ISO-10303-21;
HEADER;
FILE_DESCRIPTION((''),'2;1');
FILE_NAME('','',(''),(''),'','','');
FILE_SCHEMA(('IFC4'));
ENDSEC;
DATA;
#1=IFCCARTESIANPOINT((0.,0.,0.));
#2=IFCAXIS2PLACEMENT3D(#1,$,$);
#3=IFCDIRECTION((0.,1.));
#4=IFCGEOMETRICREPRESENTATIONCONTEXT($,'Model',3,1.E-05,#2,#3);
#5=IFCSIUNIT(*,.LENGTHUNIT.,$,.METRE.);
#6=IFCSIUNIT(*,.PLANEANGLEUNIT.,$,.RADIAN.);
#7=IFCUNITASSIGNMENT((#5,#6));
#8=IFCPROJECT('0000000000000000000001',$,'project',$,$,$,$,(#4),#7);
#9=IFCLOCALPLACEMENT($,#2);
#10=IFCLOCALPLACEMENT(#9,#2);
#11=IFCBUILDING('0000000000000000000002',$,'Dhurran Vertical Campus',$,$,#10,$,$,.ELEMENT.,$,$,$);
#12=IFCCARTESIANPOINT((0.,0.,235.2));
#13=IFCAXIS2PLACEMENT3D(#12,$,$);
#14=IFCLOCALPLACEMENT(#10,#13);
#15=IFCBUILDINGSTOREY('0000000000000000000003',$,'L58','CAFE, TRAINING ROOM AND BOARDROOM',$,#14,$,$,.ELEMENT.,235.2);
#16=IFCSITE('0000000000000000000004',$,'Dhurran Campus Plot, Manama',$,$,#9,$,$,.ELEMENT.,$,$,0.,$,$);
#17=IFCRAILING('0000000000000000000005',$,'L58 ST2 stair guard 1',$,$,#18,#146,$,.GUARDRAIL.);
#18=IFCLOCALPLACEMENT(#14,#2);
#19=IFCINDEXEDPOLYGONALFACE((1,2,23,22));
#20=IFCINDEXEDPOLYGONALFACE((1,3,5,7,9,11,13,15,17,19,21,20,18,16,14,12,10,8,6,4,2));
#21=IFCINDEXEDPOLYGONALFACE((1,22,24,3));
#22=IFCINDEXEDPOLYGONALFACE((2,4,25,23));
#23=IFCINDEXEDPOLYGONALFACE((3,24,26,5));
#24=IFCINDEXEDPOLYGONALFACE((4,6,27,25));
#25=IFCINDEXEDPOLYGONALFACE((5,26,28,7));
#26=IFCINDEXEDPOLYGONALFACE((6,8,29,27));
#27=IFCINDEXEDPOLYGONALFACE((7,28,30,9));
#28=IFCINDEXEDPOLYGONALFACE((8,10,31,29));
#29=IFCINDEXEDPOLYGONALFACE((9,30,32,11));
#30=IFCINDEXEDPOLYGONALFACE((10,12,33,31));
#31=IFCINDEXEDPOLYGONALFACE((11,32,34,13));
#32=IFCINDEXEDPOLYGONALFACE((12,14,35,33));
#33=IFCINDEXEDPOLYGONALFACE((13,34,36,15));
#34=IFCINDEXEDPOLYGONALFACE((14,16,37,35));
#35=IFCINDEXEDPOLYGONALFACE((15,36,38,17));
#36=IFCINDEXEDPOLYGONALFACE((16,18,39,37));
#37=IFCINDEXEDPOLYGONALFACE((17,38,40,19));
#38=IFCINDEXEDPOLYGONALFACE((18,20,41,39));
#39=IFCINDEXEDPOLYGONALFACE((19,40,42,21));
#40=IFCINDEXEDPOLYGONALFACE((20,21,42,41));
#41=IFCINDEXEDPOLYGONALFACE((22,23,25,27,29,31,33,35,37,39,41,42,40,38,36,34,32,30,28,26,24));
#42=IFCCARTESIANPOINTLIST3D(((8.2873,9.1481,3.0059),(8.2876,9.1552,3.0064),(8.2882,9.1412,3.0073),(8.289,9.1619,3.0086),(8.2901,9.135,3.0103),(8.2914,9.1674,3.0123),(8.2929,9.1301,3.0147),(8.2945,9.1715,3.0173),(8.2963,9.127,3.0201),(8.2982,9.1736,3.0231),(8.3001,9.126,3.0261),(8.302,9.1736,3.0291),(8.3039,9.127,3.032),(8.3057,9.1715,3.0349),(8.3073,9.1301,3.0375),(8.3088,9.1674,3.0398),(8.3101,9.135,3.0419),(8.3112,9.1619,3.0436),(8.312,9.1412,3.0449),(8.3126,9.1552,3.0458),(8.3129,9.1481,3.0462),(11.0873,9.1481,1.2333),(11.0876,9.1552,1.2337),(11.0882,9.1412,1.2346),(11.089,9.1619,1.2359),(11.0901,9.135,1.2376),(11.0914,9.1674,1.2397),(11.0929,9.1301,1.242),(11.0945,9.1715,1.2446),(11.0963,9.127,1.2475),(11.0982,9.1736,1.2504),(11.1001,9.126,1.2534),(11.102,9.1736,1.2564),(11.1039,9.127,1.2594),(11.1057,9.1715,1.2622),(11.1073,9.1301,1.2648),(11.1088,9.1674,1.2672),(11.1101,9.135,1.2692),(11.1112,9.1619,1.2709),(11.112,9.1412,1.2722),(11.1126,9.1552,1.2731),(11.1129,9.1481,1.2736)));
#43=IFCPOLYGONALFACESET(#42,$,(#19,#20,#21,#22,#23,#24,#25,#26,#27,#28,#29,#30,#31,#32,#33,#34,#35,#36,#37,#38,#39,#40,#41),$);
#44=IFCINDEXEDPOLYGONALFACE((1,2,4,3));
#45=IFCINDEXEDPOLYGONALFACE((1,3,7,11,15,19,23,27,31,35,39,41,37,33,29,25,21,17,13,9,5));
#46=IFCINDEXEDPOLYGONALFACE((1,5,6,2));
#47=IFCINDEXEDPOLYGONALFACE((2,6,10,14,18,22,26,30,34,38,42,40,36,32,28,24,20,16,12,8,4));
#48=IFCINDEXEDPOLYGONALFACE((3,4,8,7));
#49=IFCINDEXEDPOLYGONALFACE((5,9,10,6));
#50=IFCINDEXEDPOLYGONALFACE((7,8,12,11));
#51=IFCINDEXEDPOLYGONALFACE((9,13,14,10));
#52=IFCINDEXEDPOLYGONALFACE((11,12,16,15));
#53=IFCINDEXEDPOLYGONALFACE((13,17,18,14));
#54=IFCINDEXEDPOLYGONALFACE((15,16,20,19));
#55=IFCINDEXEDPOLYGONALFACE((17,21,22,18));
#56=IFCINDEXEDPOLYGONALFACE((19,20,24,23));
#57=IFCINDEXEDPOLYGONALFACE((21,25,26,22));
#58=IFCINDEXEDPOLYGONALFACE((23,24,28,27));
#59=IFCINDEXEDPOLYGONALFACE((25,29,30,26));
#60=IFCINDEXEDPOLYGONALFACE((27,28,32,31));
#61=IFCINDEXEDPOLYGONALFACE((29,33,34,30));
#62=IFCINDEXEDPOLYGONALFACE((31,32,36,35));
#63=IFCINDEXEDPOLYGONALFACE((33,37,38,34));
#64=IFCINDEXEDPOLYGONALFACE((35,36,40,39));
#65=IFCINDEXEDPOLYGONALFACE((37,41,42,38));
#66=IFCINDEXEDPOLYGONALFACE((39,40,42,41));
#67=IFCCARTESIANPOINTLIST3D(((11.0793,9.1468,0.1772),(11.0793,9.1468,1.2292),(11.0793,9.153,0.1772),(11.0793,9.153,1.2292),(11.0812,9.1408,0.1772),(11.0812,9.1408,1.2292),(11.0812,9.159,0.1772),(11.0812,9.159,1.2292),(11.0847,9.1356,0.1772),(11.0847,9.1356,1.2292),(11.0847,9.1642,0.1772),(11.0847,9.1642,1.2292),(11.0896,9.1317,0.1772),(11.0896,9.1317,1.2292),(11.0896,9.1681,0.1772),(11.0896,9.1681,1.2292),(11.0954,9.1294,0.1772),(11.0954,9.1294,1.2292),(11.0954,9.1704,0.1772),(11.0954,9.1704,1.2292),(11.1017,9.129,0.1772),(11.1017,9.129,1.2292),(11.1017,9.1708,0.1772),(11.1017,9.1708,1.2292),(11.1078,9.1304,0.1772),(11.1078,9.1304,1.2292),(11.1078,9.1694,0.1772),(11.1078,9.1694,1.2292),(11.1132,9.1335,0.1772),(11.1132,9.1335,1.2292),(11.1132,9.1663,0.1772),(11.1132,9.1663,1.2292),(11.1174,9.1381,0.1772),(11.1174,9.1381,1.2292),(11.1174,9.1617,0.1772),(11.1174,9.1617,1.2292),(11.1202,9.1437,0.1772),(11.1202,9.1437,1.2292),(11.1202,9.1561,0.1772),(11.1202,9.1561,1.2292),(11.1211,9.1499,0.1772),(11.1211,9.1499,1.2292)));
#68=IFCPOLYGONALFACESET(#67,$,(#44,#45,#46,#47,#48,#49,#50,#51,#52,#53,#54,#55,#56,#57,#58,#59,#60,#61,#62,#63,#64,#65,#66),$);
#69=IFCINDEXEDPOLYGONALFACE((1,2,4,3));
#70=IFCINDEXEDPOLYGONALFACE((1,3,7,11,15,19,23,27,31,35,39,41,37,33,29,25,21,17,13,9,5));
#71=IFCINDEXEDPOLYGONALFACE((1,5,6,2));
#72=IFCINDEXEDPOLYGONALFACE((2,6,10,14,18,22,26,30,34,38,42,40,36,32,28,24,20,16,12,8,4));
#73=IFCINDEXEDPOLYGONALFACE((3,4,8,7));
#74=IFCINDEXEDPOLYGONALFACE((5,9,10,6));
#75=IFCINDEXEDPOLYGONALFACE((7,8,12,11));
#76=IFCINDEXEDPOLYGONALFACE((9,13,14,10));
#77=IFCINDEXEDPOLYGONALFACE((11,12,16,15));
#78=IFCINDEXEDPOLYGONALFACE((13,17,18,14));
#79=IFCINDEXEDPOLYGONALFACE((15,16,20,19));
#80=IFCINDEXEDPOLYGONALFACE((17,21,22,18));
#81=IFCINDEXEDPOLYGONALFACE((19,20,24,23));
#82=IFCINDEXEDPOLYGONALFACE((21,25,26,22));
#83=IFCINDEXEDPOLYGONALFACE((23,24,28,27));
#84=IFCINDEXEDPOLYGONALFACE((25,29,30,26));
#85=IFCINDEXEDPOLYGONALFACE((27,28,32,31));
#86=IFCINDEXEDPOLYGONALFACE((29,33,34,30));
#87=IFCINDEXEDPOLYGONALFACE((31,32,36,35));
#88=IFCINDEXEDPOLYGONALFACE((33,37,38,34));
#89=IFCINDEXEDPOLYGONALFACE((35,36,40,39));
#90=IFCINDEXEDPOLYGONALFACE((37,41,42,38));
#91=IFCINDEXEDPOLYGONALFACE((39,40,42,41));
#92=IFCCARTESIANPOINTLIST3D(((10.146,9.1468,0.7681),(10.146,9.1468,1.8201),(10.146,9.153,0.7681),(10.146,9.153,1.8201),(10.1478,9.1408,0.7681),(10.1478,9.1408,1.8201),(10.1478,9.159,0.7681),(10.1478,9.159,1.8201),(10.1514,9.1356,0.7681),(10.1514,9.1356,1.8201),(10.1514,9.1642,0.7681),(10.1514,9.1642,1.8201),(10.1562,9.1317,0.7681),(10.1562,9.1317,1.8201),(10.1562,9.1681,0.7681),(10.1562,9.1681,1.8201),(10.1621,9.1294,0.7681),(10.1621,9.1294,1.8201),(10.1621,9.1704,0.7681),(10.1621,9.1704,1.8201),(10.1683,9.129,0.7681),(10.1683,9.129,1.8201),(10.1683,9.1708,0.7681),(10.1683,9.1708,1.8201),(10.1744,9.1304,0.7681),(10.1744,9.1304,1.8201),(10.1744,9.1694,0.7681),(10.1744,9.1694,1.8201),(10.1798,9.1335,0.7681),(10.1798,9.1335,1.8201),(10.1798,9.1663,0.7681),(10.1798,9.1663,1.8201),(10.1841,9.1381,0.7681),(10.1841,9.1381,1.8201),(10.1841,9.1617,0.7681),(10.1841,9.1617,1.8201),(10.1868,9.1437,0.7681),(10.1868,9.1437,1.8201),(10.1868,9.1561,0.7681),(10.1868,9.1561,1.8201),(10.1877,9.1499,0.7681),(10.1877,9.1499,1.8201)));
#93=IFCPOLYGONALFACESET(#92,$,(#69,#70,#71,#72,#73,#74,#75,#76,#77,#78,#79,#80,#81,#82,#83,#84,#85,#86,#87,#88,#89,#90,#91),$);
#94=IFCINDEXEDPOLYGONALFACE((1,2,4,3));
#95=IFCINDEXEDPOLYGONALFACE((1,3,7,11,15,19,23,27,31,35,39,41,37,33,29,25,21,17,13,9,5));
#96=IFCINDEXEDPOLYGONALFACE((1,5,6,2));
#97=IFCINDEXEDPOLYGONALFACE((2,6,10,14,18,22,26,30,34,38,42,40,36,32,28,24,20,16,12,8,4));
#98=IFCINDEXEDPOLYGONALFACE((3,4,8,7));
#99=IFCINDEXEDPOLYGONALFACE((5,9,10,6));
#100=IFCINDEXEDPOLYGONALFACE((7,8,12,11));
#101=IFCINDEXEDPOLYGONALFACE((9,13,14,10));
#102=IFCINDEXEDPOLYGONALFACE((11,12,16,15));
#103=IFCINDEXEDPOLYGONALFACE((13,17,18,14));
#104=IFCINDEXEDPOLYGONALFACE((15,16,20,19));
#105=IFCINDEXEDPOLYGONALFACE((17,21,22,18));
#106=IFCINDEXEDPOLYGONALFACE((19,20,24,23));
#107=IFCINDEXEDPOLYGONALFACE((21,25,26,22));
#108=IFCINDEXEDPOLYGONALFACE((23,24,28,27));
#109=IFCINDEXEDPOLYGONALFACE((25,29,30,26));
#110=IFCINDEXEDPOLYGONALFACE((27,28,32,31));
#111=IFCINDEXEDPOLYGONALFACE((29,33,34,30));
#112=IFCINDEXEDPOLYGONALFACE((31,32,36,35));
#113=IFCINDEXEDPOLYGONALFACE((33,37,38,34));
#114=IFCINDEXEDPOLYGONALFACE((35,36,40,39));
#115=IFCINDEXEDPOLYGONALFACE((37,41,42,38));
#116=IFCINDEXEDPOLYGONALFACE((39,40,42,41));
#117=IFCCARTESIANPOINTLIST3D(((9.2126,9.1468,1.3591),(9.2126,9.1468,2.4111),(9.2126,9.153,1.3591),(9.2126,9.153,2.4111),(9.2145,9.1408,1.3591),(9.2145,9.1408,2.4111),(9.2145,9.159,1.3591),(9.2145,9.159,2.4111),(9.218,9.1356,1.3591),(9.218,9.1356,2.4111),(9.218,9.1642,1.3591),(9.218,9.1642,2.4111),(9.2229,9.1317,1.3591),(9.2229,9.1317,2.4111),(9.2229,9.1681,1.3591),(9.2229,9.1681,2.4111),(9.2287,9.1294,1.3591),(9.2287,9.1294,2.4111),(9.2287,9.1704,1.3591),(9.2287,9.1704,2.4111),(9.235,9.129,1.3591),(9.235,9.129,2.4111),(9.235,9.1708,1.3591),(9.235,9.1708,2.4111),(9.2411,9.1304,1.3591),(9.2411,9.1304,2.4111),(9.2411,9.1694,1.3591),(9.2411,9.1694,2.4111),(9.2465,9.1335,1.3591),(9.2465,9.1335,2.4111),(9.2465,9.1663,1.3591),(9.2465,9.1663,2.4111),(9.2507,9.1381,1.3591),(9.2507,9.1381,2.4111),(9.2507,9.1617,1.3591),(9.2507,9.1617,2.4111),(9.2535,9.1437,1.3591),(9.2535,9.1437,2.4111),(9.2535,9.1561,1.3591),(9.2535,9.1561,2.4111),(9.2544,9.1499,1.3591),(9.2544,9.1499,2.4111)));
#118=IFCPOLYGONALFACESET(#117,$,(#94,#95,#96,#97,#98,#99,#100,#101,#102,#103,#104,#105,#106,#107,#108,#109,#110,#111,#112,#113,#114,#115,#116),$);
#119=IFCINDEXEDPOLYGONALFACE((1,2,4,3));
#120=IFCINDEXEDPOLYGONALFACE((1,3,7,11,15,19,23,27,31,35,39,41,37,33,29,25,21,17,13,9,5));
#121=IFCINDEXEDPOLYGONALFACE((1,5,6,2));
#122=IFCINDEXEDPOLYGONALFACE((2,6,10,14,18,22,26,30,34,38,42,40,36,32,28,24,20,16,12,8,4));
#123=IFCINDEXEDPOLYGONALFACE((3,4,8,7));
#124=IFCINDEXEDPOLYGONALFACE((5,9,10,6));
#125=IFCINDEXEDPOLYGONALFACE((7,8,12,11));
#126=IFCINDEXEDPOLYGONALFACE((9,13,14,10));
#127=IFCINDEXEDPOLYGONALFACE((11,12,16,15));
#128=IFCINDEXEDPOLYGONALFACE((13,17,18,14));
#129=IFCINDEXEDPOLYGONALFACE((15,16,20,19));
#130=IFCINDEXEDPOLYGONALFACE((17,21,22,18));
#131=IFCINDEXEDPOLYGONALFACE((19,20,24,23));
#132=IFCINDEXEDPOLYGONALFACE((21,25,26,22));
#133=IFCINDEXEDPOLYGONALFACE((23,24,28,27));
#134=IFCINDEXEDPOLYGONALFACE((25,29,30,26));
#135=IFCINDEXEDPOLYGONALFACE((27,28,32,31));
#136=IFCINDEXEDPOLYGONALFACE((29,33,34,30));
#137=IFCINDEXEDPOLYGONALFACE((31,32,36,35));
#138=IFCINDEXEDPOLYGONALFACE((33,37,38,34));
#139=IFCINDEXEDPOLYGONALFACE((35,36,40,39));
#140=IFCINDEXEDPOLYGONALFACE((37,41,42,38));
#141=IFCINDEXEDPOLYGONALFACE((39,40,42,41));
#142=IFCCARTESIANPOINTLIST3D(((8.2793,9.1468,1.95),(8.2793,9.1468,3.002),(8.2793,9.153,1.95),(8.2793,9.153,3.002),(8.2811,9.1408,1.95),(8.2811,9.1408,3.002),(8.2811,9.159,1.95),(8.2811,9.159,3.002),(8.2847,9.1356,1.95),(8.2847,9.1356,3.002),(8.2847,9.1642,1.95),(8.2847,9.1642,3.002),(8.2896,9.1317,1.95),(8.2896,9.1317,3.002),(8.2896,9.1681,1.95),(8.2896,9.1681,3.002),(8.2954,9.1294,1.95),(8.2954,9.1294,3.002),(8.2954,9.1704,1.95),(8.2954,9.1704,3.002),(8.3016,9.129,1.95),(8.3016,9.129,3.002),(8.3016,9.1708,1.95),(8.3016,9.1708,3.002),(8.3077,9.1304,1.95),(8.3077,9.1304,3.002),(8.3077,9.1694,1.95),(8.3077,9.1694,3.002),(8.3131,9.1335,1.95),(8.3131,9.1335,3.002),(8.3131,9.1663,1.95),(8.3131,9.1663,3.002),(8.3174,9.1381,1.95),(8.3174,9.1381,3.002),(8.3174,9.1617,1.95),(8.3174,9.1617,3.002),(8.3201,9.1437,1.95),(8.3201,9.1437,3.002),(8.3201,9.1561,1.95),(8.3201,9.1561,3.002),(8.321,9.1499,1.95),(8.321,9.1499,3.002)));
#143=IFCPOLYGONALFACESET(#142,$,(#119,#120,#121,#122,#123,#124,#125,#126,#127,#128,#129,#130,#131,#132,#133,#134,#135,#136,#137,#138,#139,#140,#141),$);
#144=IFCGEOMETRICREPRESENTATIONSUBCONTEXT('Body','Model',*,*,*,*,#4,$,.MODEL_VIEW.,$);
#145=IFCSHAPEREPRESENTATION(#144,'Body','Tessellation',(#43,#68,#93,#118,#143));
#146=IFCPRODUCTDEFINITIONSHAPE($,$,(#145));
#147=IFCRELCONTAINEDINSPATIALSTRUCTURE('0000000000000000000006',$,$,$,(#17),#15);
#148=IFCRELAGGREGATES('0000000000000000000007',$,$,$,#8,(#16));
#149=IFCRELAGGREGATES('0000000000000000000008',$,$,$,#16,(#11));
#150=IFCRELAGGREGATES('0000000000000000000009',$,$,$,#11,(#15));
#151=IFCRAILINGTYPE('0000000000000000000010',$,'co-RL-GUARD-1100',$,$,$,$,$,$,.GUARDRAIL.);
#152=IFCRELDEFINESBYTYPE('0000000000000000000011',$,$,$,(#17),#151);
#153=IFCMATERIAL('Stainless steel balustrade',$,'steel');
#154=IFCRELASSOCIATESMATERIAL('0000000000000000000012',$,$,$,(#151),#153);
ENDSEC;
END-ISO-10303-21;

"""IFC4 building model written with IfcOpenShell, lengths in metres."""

from ifc_helpers import new_model, si_unit, direction, frame, origin, origin_2d, place, context, subcontext, project, spatial, circle, extrude, material, type_object, element, save


model = new_model("IFC4")

# Units and contexts
model_context = context("Model", 3, precision=1e-05, world=origin(), true_north=direction((0.0, 1.0)))
body_context = subcontext(model_context, "Body", "Model", "MODEL_VIEW")
ifc_project = project(units=[si_unit("LENGTHUNIT", "METRE"), si_unit("PLANEANGLEUNIT", "RADIAN")], contexts=[model_context])

# Site, building, storey
site_placement = place(None, origin())
site = spatial("IfcSite", under=ifc_project, at=site_placement, Name="Dhurran Campus Plot, Manama", CompositionType="ELEMENT", RefElevation=0.0)
building_placement = place(site_placement, origin())
building = spatial("IfcBuilding", under=site, at=building_placement, Name="Dhurran Vertical Campus", CompositionType="ELEMENT")
storey_placement = place(building_placement, frame((0.0, 0.0, 235.2)))
storey = spatial("IfcBuildingStorey", under=building, at=storey_placement, Name="L58", Description="CAFE, TRAINING ROOM AND BOARDROOM", CompositionType="ELEMENT", Elevation=235.2)

# Railing
ifc_material_1 = material(Name="Stainless steel balustrade", Category="steel")
railing_type_1 = type_object("IfcRailingType", Name="co-RL-GUARD-1100", PredefinedType="GUARDRAIL", material=ifc_material_1)
railing_1_placement = place(storey_placement, frame((11.1001, 9.1499, 0.1772)))
element("IfcRailing", 1, at=railing_1_placement, inside=storey, type_object=railing_type_1, Name="L58 ST2 stair guard 1", PredefinedType="GUARDRAIL", context=body_context, shape_type="SweptSolid", body=[
    extrude(circle(Radius=0.0239, at=origin_2d()), frame((0.0, 0.0, 1.0762), z_axis=(-0.844909, 0.0, 0.53491), x_axis=(0.0, -1.0, 0.0)), (0.0, 0.0, 1.0), 3.314),
    extrude(circle(Radius=0.021, at=origin_2d()), origin(), (0.0, 0.0, 1.0), 1.052),
    extrude(circle(Radius=0.021, at=origin_2d()), frame((-0.9333, 0.0, 0.5908)), (0.0, 0.0, 1.0), 1.052),
    extrude(circle(Radius=0.021, at=origin_2d()), frame((-1.8667, 0.0, 1.1819)), (0.0, 0.0, 1.0), 1.052),
    extrude(circle(Radius=0.021, at=origin_2d()), frame((-2.8, 0.0, 1.7727)), (0.0, 0.0, 1.0), 1.052),
])

save(model, "model.ifc")
